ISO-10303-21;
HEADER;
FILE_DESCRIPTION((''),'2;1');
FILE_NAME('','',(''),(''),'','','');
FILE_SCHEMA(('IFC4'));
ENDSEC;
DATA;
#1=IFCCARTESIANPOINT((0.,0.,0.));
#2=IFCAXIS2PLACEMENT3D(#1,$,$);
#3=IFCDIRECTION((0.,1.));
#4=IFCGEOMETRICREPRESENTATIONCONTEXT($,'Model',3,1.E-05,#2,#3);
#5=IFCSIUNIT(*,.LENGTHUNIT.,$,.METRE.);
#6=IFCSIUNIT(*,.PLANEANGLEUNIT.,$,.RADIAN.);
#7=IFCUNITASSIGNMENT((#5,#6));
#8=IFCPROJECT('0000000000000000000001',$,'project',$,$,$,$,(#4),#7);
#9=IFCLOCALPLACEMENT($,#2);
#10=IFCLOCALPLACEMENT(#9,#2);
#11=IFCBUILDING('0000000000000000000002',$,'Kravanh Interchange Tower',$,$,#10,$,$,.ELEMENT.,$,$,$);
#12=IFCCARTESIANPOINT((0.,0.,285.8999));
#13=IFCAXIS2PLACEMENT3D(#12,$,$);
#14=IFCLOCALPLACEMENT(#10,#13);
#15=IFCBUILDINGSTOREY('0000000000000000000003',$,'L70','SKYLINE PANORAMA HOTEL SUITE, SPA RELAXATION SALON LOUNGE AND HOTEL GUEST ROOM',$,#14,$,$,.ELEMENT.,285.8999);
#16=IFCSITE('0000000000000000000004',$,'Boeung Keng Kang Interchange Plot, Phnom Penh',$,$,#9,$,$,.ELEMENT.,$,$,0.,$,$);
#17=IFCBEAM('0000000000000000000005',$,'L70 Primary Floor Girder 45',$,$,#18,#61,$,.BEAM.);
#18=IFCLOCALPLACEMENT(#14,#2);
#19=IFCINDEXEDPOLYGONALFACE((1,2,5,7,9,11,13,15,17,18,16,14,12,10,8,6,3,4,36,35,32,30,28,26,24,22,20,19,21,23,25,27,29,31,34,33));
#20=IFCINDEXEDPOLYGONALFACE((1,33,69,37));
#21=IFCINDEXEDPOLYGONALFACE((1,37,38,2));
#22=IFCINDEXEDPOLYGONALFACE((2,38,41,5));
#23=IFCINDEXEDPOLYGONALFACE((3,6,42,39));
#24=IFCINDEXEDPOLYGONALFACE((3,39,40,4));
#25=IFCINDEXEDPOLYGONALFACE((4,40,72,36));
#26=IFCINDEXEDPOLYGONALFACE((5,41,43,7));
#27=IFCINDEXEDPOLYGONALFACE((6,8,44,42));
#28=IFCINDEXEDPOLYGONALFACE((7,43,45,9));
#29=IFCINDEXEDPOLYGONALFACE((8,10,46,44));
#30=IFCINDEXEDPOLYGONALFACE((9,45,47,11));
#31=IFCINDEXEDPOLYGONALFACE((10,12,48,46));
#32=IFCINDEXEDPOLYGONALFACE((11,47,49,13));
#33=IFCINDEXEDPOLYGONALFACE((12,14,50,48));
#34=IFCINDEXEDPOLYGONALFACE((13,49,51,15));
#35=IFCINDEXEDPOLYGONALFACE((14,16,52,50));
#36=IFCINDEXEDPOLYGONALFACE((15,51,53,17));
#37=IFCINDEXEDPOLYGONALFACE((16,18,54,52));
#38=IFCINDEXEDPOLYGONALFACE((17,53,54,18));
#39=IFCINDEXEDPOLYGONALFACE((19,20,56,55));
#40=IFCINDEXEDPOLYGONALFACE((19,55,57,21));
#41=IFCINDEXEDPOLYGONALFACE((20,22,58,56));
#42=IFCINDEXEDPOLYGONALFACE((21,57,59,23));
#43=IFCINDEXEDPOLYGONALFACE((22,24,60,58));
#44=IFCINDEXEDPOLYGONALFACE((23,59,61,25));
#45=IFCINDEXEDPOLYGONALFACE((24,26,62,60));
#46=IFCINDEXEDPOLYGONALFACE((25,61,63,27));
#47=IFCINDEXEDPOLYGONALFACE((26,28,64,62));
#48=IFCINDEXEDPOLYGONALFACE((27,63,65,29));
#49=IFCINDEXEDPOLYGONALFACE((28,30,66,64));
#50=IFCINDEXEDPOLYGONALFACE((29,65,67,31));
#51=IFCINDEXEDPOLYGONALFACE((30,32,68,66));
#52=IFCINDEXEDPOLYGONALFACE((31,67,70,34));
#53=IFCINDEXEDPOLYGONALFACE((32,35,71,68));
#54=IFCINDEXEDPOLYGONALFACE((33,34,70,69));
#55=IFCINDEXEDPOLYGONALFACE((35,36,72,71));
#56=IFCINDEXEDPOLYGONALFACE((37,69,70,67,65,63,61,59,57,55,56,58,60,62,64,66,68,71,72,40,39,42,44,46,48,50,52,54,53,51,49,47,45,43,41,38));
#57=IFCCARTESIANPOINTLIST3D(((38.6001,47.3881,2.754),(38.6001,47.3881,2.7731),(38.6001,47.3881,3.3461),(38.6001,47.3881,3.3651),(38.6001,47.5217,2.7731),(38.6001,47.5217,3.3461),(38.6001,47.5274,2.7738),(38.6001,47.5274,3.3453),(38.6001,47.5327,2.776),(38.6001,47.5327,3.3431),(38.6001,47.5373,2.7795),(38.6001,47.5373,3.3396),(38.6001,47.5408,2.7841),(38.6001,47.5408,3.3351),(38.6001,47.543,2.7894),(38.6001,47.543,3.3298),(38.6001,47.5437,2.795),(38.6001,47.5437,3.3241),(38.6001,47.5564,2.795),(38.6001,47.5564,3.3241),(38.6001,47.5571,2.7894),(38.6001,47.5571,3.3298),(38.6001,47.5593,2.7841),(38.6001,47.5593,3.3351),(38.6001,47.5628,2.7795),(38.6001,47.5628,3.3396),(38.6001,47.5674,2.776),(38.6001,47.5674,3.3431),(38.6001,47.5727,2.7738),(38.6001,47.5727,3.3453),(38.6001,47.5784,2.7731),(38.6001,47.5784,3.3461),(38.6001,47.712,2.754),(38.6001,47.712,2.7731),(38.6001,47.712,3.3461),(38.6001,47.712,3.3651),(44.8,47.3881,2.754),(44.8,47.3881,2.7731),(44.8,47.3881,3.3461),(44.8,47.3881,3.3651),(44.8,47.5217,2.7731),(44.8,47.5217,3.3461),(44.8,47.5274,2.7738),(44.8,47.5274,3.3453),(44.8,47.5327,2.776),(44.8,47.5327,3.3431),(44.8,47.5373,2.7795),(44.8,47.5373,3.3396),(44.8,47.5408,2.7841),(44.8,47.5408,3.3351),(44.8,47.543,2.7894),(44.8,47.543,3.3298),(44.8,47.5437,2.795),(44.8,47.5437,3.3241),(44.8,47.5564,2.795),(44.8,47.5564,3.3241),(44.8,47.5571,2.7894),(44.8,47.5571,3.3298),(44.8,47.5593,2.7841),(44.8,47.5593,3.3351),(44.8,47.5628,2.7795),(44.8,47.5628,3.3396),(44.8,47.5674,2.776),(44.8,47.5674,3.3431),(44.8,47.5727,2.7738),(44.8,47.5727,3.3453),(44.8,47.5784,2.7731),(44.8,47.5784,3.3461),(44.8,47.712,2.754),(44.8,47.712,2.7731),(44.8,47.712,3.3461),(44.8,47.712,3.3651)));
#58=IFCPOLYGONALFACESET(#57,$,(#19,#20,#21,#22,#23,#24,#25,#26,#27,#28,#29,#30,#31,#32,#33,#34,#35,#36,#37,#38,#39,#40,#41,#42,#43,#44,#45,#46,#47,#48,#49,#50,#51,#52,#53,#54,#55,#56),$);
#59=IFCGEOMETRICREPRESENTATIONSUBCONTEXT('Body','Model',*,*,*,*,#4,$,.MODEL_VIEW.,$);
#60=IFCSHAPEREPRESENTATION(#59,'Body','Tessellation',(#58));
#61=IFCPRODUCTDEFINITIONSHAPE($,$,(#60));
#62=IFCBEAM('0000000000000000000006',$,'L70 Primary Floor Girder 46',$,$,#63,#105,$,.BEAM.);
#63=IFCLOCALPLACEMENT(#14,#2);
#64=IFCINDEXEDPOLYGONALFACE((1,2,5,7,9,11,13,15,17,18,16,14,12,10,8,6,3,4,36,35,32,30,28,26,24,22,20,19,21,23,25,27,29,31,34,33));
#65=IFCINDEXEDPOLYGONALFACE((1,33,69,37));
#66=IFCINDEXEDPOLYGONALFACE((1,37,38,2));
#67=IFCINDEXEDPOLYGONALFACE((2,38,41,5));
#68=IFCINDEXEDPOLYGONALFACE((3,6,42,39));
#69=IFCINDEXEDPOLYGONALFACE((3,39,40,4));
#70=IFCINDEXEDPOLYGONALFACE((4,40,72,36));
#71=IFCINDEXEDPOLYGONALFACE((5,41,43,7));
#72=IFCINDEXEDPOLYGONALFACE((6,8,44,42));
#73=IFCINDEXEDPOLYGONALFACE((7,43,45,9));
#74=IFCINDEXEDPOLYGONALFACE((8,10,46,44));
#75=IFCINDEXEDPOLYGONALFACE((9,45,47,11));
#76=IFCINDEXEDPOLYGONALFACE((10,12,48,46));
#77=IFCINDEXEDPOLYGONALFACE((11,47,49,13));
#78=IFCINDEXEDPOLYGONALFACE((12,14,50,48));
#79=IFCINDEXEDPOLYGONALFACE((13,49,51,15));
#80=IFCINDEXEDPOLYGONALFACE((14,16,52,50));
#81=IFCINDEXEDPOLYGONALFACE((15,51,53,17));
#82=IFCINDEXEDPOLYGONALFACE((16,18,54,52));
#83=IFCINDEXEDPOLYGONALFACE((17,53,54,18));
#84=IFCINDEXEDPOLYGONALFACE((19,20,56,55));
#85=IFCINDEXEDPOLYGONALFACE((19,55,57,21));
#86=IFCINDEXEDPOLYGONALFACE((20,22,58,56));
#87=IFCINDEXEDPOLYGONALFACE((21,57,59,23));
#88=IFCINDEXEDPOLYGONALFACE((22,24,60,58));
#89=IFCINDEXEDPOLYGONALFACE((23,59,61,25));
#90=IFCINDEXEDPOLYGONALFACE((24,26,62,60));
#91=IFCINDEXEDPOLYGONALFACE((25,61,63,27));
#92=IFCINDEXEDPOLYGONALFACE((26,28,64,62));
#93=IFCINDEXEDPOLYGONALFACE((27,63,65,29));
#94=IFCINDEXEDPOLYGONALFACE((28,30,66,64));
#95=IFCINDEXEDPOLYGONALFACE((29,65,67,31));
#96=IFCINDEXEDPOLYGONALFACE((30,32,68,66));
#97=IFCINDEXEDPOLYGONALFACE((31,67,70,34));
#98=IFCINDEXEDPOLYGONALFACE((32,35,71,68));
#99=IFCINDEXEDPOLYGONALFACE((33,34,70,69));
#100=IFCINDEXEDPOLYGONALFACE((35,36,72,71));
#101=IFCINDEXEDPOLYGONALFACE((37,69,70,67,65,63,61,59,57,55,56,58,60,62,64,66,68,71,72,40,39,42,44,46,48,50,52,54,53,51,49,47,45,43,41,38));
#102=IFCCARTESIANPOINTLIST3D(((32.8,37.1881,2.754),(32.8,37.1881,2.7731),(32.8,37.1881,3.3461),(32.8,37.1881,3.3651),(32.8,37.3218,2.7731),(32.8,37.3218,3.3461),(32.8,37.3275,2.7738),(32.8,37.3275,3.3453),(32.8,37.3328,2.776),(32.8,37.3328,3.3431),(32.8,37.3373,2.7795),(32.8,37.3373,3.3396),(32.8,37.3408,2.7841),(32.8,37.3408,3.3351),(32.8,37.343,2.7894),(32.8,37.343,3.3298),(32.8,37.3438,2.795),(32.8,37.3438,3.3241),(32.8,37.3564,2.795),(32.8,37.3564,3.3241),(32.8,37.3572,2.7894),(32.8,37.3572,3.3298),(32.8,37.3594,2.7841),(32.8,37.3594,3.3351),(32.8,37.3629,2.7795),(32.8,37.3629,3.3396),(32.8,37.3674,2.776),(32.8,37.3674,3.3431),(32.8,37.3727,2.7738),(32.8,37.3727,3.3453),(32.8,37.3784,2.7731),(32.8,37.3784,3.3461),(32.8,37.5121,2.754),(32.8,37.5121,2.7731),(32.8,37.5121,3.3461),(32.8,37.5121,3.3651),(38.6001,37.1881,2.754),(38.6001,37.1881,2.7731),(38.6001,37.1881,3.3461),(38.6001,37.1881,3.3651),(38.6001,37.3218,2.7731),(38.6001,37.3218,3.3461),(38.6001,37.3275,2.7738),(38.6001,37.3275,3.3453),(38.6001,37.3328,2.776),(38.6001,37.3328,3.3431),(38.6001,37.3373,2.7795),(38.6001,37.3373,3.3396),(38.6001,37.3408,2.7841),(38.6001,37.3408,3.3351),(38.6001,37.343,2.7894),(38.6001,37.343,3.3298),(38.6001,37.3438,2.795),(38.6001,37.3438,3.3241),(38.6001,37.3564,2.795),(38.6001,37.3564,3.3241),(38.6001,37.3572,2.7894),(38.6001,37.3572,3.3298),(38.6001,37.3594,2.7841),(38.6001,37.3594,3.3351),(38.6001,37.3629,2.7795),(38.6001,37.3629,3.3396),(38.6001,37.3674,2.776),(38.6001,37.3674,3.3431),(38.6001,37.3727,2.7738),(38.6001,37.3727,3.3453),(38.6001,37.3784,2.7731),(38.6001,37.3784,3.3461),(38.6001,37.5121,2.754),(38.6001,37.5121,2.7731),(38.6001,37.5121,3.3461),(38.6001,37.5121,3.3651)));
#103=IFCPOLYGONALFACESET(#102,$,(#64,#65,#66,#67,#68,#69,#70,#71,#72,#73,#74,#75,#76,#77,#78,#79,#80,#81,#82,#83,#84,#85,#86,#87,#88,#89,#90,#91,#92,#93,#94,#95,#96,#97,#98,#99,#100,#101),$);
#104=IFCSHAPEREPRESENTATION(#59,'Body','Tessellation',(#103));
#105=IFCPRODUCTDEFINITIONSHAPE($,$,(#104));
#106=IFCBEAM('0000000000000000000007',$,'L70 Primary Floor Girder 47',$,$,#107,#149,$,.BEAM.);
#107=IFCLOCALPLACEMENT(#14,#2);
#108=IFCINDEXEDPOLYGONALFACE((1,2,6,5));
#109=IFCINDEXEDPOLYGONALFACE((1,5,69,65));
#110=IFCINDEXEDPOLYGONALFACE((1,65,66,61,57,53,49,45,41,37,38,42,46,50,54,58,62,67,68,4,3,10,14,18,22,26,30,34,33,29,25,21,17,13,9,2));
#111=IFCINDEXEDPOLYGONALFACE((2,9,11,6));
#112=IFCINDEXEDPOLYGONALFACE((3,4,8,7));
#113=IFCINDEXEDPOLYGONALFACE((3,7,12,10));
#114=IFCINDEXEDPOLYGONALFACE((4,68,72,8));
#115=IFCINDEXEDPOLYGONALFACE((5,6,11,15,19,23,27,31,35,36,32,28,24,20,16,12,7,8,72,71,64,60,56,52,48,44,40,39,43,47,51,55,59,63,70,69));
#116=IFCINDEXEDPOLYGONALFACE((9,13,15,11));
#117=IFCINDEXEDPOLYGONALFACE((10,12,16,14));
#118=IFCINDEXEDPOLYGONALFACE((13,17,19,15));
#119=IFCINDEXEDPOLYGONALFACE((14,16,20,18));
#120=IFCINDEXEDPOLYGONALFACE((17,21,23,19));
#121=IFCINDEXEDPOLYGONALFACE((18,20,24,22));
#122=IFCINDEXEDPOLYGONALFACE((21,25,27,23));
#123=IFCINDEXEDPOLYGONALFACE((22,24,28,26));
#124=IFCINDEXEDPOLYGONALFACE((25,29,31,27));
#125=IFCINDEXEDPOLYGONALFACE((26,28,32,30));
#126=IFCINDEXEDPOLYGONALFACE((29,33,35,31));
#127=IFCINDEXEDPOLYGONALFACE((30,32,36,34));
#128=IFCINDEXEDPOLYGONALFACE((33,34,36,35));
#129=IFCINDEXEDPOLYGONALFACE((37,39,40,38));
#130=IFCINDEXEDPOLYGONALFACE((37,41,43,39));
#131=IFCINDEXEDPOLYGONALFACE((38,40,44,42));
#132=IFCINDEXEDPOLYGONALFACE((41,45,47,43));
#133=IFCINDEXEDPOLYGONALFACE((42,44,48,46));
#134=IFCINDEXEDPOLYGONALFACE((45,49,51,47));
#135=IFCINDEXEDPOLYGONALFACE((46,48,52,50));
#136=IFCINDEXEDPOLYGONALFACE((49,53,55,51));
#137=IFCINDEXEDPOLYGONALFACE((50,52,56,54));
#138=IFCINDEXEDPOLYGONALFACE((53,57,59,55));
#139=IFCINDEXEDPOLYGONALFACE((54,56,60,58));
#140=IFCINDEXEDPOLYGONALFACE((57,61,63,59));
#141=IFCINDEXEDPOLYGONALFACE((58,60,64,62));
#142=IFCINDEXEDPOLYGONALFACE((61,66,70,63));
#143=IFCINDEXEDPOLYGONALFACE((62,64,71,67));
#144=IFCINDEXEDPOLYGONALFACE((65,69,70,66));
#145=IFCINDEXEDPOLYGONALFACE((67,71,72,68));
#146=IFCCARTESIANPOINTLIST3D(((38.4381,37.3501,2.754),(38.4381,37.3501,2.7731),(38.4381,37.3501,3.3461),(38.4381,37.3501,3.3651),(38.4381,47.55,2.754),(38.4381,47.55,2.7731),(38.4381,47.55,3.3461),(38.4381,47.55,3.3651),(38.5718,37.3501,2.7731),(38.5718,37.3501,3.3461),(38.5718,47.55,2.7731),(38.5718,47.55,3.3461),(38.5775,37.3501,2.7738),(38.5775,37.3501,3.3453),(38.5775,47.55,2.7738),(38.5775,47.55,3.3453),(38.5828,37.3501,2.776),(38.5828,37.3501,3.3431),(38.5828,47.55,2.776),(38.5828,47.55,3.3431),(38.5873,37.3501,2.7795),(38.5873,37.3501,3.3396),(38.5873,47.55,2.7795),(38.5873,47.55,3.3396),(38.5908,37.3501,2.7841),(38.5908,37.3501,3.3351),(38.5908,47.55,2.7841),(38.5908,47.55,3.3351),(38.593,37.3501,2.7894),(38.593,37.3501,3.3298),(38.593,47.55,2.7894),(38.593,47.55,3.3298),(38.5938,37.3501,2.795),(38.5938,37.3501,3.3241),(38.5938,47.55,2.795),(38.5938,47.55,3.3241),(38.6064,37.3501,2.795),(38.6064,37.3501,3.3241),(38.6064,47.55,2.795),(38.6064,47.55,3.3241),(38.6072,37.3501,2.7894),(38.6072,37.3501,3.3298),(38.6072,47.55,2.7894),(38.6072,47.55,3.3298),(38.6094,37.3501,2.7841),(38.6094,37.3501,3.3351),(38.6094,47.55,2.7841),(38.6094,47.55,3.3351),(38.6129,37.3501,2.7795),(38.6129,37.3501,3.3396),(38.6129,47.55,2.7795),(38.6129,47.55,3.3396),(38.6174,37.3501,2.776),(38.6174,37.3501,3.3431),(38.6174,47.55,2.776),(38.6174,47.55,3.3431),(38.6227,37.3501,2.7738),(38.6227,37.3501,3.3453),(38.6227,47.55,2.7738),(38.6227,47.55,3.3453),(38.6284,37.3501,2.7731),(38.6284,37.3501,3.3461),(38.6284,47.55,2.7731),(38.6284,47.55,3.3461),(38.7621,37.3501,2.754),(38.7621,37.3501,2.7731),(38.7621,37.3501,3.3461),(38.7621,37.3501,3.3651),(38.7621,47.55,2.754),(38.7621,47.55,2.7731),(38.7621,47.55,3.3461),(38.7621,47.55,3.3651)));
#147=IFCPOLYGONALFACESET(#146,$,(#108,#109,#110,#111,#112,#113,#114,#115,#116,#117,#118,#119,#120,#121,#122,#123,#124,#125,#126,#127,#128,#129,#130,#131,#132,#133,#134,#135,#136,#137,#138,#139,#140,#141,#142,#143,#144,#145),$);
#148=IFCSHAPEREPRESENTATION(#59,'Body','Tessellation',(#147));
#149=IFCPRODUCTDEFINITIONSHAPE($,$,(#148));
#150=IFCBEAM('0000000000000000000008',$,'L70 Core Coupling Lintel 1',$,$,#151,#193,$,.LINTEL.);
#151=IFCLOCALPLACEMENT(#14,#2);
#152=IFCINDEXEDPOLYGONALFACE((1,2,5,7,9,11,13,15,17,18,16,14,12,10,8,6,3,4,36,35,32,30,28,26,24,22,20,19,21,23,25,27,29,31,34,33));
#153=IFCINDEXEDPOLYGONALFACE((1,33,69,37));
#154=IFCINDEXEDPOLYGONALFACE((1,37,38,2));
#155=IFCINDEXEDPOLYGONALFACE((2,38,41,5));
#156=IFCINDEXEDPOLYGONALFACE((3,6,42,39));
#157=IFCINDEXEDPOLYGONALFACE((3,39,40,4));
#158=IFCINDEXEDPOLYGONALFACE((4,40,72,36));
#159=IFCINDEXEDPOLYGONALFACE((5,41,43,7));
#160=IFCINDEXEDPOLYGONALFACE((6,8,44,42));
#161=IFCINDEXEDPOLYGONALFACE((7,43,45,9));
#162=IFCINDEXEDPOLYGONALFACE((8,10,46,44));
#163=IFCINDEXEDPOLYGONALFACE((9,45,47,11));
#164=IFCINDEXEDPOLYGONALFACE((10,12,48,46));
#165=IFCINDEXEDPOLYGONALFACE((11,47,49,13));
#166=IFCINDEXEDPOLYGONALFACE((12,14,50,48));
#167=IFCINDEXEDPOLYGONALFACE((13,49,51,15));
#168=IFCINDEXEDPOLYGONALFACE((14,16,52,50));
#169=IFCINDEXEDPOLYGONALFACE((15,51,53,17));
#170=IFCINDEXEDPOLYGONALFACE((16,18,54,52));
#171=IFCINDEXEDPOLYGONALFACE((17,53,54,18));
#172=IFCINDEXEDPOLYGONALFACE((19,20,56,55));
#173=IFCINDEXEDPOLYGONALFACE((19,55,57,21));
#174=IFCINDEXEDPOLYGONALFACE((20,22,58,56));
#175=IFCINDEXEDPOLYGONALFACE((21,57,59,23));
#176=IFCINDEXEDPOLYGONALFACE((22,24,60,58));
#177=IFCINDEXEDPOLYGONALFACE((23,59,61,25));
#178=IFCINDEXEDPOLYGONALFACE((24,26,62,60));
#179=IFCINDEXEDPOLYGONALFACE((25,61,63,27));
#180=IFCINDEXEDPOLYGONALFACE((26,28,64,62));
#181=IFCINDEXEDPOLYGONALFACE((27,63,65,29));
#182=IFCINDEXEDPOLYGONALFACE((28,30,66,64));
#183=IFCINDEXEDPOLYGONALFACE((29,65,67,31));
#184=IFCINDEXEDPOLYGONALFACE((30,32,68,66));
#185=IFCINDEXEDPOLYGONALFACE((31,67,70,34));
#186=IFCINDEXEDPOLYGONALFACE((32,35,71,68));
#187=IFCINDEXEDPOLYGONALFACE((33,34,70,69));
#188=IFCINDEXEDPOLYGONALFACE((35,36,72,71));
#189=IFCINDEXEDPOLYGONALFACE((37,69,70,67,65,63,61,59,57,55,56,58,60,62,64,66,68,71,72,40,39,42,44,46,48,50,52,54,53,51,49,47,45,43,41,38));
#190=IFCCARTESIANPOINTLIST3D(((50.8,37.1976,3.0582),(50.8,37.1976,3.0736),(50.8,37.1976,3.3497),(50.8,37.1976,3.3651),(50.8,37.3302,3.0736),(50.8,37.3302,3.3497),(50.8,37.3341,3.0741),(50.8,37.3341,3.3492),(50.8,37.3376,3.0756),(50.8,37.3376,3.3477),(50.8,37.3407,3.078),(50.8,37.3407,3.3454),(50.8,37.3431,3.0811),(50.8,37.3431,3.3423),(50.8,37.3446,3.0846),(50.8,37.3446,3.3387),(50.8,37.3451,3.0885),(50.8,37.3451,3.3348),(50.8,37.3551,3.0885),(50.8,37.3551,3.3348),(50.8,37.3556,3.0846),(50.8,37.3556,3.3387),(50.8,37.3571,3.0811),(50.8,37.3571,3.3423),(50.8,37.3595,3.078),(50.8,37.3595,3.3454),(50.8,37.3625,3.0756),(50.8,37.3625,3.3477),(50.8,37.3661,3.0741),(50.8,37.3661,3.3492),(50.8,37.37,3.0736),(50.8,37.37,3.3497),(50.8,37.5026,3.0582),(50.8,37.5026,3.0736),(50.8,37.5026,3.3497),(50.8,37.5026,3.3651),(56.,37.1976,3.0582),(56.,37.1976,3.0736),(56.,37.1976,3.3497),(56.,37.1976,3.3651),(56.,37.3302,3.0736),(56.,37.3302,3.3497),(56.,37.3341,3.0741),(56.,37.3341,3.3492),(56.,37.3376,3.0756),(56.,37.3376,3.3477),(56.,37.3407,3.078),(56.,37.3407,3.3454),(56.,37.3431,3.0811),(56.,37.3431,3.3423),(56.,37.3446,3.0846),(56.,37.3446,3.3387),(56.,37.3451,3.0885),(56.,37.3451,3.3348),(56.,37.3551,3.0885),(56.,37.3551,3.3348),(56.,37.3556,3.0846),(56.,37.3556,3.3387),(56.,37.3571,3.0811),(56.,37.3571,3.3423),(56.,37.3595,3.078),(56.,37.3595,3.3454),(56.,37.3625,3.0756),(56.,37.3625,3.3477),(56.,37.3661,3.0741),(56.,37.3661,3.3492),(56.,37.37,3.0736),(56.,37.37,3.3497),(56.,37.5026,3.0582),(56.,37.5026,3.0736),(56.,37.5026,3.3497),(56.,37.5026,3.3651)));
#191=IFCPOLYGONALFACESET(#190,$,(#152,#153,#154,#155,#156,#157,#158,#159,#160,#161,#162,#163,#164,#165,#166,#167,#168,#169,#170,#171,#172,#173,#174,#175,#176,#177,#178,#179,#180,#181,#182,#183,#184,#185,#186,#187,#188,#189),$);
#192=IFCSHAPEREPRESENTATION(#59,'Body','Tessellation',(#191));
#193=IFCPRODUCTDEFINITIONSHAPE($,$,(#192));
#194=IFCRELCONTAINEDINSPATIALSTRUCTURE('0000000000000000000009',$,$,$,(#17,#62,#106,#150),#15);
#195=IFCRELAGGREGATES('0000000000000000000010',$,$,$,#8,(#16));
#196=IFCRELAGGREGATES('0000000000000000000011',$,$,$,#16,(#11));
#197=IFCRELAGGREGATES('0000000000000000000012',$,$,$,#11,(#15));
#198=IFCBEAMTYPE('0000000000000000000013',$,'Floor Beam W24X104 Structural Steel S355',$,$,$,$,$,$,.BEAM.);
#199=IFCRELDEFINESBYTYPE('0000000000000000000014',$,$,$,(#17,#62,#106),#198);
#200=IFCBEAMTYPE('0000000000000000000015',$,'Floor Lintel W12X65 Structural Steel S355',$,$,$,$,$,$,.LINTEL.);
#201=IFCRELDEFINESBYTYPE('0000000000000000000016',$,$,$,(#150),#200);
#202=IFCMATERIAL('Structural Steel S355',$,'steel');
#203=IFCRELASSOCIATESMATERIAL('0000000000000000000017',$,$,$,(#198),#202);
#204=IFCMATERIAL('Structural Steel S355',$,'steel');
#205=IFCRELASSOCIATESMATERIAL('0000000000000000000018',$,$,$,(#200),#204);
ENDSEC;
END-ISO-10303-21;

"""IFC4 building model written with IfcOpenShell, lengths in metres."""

from ifc_helpers import new_model, si_unit, direction, frame, origin, origin_2d, place, context, subcontext, project, spatial, i_section, extrude, material, material_profile, profile_set, type_object, element, save


model = new_model("IFC4")

# Units and contexts
model_context = context("Model", 3, precision=1e-05, world=origin(), true_north=direction((0.0, 1.0)))
body_context = subcontext(model_context, "Body", "Model", "MODEL_VIEW")
ifc_project = project(units=[si_unit("LENGTHUNIT", "METRE"), si_unit("PLANEANGLEUNIT", "RADIAN")], contexts=[model_context])

# Site, building, storey
site_placement = place(None, origin())
site = spatial("IfcSite", under=ifc_project, at=site_placement, Name="Boeung Keng Kang Interchange Plot, Phnom Penh", CompositionType="ELEMENT", RefElevation=0.0)
building_placement = place(site_placement, origin())
building = spatial("IfcBuilding", under=site, at=building_placement, Name="Kravanh Interchange Tower", CompositionType="ELEMENT")
storey_placement = place(building_placement, frame((0.0, 0.0, 285.8999)))
storey = spatial("IfcBuildingStorey", under=building, at=storey_placement, Name="L70", Description="SKYLINE PANORAMA HOTEL SUITE, SPA RELAXATION SALON LOUNGE AND HOTEL GUEST ROOM", CompositionType="ELEMENT", Elevation=285.8999)

# Beams
ifc_material_1 = material(Name="Structural Steel S355", Category="steel")
ifc_material_profile_1 = material_profile(ifc_material_1, i_section(OverallWidth=0.324, OverallDepth=0.6111, WebThickness=0.0127, FlangeThickness=0.019, FilletRadius=0.022, at=origin_2d()), Name="W24X104")
ifc_profile_set_1 = profile_set([ifc_material_profile_1], Name="Structural Steel S355")
beam_type_1 = type_object("IfcBeamType", Name="Floor Beam W24X104 Structural Steel S355", PredefinedType="BEAM", material=ifc_profile_set_1)
beam_1_placement = place(storey_placement, frame((44.8, 47.55, 3.0596), z_axis=(-1.0, 0.0, 0.0), x_axis=(0.0, -1.0, 0.0)))
element("IfcBeam", 1, at=beam_1_placement, inside=storey, type_object=beam_type_1, Name="L70 Primary Floor Girder 45", PredefinedType="BEAM", context=body_context, shape_type="SweptSolid", body=[
    extrude(i_section(OverallWidth=0.324, OverallDepth=0.6111, WebThickness=0.0127, FlangeThickness=0.019, FilletRadius=0.022, at=origin_2d()), origin(), (0.0, 0.0, 1.0), 6.2),
])
beam_2_placement = place(storey_placement, frame((38.6001, 37.3501, 3.0596), z_axis=(-1.0, 0.0, 0.0), x_axis=(0.0, -1.0, 0.0)))
element("IfcBeam", 2, at=beam_2_placement, inside=storey, type_object=beam_type_1, Name="L70 Primary Floor Girder 46", PredefinedType="BEAM", context=body_context, shape_type="SweptSolid", body=[
    extrude(i_section(OverallWidth=0.324, OverallDepth=0.6111, WebThickness=0.0127, FlangeThickness=0.019, FilletRadius=0.022, at=origin_2d()), origin(), (0.0, 0.0, 1.0), 5.8),
])
beam_3_placement = place(storey_placement, frame((38.6001, 37.3501, 3.0596), z_axis=(0.0, 1.0, 0.0), x_axis=(-1.0, 0.0, 0.0)))
element("IfcBeam", 3, at=beam_3_placement, inside=storey, type_object=beam_type_1, Name="L70 Primary Floor Girder 47", PredefinedType="BEAM", context=body_context, shape_type="SweptSolid", body=[
    extrude(i_section(OverallWidth=0.324, OverallDepth=0.6111, WebThickness=0.0127, FlangeThickness=0.019, FilletRadius=0.022, at=origin_2d()), origin(), (0.0, 0.0, 1.0), 10.2),
])
ifc_material_2 = material(Name="Structural Steel S355", Category="steel")
ifc_material_profile_2 = material_profile(ifc_material_2, i_section(OverallWidth=0.3049, OverallDepth=0.3069, WebThickness=0.01, FlangeThickness=0.0154, FilletRadius=0.0149, at=origin_2d()), Name="W12X65")
ifc_profile_set_2 = profile_set([ifc_material_profile_2], Name="Structural Steel S355")
beam_type_2 = type_object("IfcBeamType", Name="Floor Lintel W12X65 Structural Steel S355", PredefinedType="LINTEL", material=ifc_profile_set_2)
beam_4_placement = place(storey_placement, frame((50.8, 37.3501, 3.2117), z_axis=(1.0, 0.0, 0.0), x_axis=(0.0, 1.0, 0.0)))
element("IfcBeam", 4, at=beam_4_placement, inside=storey, type_object=beam_type_2, Name="L70 Core Coupling Lintel 1", PredefinedType="LINTEL", context=body_context, shape_type="SweptSolid", body=[
    extrude(i_section(OverallWidth=0.3049, OverallDepth=0.3069, WebThickness=0.01, FlangeThickness=0.0154, FilletRadius=0.0149, at=origin_2d()), origin(), (0.0, 0.0, 1.0), 5.2),
])

save(model, "model.ifc")
